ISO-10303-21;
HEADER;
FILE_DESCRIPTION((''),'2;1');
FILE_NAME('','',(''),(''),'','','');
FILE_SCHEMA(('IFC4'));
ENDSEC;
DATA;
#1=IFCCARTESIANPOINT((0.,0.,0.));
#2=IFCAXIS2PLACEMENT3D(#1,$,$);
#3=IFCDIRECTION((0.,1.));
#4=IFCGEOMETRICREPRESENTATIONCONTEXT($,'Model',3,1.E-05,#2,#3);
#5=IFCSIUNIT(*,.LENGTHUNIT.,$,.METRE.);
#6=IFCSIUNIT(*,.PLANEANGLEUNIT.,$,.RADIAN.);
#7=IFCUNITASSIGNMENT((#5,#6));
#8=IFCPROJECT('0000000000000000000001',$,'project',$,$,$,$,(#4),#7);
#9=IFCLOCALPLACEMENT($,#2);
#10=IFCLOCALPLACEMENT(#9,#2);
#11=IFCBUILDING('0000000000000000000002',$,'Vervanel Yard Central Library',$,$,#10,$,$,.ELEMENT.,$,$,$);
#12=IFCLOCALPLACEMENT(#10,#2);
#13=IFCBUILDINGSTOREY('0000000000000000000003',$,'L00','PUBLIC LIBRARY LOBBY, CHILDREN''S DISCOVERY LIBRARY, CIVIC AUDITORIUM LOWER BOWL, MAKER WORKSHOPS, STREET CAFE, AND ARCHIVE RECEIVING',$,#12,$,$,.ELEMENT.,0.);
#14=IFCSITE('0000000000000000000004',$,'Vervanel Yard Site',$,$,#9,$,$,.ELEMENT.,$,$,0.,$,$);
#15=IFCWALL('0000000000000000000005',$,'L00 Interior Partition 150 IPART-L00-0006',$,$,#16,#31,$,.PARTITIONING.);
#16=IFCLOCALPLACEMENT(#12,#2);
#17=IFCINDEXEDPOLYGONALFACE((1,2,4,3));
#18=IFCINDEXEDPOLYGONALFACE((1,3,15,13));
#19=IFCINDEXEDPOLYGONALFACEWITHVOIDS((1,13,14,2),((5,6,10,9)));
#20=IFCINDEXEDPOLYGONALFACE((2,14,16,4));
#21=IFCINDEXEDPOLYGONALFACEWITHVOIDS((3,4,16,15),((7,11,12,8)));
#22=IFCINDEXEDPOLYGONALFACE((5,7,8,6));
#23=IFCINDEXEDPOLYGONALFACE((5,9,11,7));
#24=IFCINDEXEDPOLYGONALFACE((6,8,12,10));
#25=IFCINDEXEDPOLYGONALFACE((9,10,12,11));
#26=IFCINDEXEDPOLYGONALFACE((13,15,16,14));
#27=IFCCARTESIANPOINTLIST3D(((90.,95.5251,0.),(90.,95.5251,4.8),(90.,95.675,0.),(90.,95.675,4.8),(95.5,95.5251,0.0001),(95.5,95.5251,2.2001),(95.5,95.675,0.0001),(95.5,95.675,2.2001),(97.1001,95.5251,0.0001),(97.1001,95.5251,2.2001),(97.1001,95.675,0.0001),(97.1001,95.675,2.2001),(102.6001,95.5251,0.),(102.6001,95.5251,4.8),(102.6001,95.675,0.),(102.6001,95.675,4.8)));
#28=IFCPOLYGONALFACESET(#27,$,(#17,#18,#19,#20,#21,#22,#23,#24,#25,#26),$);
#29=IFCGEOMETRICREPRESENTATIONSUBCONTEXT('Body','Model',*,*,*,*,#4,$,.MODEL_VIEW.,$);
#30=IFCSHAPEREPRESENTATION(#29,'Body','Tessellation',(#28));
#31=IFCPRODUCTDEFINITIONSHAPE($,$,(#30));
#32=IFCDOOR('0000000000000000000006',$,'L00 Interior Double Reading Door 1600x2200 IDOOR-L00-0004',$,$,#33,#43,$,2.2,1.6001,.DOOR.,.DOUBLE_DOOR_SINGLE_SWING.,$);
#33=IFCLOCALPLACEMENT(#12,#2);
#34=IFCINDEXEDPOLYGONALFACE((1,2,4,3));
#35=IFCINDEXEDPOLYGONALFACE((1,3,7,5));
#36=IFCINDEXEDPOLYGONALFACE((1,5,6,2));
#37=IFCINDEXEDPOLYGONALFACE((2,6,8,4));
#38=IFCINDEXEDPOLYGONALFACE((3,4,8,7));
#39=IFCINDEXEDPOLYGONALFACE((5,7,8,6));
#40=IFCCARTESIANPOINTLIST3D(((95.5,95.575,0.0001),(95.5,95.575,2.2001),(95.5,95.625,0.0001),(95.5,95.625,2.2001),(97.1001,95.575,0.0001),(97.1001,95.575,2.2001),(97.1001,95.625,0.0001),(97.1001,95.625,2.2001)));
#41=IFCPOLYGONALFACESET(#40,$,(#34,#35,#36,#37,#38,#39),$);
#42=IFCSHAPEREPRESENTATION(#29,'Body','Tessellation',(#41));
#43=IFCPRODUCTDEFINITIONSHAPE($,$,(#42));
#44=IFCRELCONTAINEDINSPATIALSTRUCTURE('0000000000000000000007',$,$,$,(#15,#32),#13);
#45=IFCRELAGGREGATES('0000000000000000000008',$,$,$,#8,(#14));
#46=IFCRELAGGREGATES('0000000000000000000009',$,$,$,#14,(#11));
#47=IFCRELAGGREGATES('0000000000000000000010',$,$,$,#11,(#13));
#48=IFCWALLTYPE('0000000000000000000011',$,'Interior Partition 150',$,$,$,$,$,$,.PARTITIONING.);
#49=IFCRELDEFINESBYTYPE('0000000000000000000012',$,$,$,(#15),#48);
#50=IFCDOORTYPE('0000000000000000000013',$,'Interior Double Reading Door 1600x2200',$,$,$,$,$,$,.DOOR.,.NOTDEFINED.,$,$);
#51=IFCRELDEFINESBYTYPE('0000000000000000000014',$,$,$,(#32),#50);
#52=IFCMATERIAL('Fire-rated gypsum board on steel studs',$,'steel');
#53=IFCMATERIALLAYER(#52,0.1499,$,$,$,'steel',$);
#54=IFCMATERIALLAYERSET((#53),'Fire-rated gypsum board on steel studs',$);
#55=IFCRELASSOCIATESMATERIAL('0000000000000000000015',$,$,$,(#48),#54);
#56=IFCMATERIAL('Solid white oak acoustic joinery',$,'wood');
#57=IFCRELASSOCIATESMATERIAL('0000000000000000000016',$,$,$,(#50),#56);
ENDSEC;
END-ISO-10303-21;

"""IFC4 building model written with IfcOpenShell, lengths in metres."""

from ifc_helpers import new_model, si_unit, direction, frame, frame_2d, origin, place, context, subcontext, project, spatial, rectangle, extrude, material, layer, layer_set, type_object, element, fill, save


model = new_model("IFC4")

# Units and contexts
model_context = context("Model", 3, precision=1e-05, world=origin(), true_north=direction((0.0, 1.0)))
body_context = subcontext(model_context, "Body", "Model", "MODEL_VIEW")
ifc_project = project(units=[si_unit("LENGTHUNIT", "METRE"), si_unit("PLANEANGLEUNIT", "RADIAN")], contexts=[model_context])

# Site, building, storey
site_placement = place(None, origin())
site = spatial("IfcSite", under=ifc_project, at=site_placement, Name="Vervanel Yard Site", CompositionType="ELEMENT", RefElevation=0.0)
building_placement = place(site_placement, origin())
building = spatial("IfcBuilding", under=site, at=building_placement, Name="Vervanel Yard Central Library", CompositionType="ELEMENT")
storey_placement = place(building_placement, origin())
storey = spatial("IfcBuildingStorey", under=building, at=storey_placement, Name="L00", Description="PUBLIC LIBRARY LOBBY, CHILDREN'S DISCOVERY LIBRARY, CIVIC AUDITORIUM LOWER BOWL, MAKER WORKSHOPS, STREET CAFE, AND ARCHIVE RECEIVING", CompositionType="ELEMENT", Elevation=0.0)

# Wall, opening, door
ifc_material_1 = material(Name="Fire-rated gypsum board on steel studs", Category="steel")
ifc_layer = layer(ifc_material_1, 0.1499, Category="steel")
ifc_layer_set = layer_set([ifc_layer], Name="Fire-rated gypsum board on steel studs")
wall_type = type_object("IfcWallType", Name="Interior Partition 150", PredefinedType="PARTITIONING", material=ifc_layer_set)
wall_placement = place(storey_placement, frame((90.0, 95.6001, 0.0), z_axis=(0.0, 0.0, 1.0), x_axis=(1.0, 0.0, 0.0)))
wall = element("IfcWall", 1, at=wall_placement, inside=storey, type_object=wall_type, Name="L00 Interior Partition 150 IPART-L00-0006", PredefinedType="PARTITIONING", context=body_context, shape_type="SweptSolid", body=[
    extrude(rectangle(XDim=12.6001, YDim=0.1499, at=frame_2d((6.3, 0.0))), origin(), (0.0, 0.0, 1.0), 4.8),
])
opening_placement = place(wall_placement, frame((5.5, 0.0, 0.0)))
opening = element("IfcOpeningElement", 2, at=opening_placement, cuts=wall, PredefinedType="OPENING", context=body_context, shape_type="SweptSolid", body=[
    extrude(rectangle(XDim=1.6001, YDim=2.2, at=frame_2d((0.8, 1.1001))), frame((0.0, 0.085, 0.0), z_axis=(0.0, -1.0, 0.0), x_axis=(1.0, 0.0, 0.0)), (0.0, 0.0, 1.0), 0.1699),
])
ifc_material_2 = material(Name="Solid white oak acoustic joinery", Category="wood")
door_type = type_object("IfcDoorType", Name="Interior Double Reading Door 1600x2200", OperationType="NOTDEFINED", PredefinedType="DOOR", material=ifc_material_2)
door_placement = place(opening_placement, origin())
door = element("IfcDoor", 3, at=door_placement, inside=storey, type_object=door_type, Name="L00 Interior Double Reading Door 1600x2200 IDOOR-L00-0004", OperationType="DOUBLE_DOOR_SINGLE_SWING", OverallHeight=2.2, OverallWidth=1.6001, PredefinedType="DOOR", context=body_context, shape_type="SweptSolid", body=[
    extrude(rectangle(XDim=1.6001, YDim=2.2, at=frame_2d((0.8, 1.1001))), frame((0.0, 0.0249, 0.0), z_axis=(0.0, -1.0, 0.0), x_axis=(1.0, 0.0, 0.0)), (0.0, 0.0, 1.0), 0.05),
])
fill(opening, door)

save(model, "model.ifc")
